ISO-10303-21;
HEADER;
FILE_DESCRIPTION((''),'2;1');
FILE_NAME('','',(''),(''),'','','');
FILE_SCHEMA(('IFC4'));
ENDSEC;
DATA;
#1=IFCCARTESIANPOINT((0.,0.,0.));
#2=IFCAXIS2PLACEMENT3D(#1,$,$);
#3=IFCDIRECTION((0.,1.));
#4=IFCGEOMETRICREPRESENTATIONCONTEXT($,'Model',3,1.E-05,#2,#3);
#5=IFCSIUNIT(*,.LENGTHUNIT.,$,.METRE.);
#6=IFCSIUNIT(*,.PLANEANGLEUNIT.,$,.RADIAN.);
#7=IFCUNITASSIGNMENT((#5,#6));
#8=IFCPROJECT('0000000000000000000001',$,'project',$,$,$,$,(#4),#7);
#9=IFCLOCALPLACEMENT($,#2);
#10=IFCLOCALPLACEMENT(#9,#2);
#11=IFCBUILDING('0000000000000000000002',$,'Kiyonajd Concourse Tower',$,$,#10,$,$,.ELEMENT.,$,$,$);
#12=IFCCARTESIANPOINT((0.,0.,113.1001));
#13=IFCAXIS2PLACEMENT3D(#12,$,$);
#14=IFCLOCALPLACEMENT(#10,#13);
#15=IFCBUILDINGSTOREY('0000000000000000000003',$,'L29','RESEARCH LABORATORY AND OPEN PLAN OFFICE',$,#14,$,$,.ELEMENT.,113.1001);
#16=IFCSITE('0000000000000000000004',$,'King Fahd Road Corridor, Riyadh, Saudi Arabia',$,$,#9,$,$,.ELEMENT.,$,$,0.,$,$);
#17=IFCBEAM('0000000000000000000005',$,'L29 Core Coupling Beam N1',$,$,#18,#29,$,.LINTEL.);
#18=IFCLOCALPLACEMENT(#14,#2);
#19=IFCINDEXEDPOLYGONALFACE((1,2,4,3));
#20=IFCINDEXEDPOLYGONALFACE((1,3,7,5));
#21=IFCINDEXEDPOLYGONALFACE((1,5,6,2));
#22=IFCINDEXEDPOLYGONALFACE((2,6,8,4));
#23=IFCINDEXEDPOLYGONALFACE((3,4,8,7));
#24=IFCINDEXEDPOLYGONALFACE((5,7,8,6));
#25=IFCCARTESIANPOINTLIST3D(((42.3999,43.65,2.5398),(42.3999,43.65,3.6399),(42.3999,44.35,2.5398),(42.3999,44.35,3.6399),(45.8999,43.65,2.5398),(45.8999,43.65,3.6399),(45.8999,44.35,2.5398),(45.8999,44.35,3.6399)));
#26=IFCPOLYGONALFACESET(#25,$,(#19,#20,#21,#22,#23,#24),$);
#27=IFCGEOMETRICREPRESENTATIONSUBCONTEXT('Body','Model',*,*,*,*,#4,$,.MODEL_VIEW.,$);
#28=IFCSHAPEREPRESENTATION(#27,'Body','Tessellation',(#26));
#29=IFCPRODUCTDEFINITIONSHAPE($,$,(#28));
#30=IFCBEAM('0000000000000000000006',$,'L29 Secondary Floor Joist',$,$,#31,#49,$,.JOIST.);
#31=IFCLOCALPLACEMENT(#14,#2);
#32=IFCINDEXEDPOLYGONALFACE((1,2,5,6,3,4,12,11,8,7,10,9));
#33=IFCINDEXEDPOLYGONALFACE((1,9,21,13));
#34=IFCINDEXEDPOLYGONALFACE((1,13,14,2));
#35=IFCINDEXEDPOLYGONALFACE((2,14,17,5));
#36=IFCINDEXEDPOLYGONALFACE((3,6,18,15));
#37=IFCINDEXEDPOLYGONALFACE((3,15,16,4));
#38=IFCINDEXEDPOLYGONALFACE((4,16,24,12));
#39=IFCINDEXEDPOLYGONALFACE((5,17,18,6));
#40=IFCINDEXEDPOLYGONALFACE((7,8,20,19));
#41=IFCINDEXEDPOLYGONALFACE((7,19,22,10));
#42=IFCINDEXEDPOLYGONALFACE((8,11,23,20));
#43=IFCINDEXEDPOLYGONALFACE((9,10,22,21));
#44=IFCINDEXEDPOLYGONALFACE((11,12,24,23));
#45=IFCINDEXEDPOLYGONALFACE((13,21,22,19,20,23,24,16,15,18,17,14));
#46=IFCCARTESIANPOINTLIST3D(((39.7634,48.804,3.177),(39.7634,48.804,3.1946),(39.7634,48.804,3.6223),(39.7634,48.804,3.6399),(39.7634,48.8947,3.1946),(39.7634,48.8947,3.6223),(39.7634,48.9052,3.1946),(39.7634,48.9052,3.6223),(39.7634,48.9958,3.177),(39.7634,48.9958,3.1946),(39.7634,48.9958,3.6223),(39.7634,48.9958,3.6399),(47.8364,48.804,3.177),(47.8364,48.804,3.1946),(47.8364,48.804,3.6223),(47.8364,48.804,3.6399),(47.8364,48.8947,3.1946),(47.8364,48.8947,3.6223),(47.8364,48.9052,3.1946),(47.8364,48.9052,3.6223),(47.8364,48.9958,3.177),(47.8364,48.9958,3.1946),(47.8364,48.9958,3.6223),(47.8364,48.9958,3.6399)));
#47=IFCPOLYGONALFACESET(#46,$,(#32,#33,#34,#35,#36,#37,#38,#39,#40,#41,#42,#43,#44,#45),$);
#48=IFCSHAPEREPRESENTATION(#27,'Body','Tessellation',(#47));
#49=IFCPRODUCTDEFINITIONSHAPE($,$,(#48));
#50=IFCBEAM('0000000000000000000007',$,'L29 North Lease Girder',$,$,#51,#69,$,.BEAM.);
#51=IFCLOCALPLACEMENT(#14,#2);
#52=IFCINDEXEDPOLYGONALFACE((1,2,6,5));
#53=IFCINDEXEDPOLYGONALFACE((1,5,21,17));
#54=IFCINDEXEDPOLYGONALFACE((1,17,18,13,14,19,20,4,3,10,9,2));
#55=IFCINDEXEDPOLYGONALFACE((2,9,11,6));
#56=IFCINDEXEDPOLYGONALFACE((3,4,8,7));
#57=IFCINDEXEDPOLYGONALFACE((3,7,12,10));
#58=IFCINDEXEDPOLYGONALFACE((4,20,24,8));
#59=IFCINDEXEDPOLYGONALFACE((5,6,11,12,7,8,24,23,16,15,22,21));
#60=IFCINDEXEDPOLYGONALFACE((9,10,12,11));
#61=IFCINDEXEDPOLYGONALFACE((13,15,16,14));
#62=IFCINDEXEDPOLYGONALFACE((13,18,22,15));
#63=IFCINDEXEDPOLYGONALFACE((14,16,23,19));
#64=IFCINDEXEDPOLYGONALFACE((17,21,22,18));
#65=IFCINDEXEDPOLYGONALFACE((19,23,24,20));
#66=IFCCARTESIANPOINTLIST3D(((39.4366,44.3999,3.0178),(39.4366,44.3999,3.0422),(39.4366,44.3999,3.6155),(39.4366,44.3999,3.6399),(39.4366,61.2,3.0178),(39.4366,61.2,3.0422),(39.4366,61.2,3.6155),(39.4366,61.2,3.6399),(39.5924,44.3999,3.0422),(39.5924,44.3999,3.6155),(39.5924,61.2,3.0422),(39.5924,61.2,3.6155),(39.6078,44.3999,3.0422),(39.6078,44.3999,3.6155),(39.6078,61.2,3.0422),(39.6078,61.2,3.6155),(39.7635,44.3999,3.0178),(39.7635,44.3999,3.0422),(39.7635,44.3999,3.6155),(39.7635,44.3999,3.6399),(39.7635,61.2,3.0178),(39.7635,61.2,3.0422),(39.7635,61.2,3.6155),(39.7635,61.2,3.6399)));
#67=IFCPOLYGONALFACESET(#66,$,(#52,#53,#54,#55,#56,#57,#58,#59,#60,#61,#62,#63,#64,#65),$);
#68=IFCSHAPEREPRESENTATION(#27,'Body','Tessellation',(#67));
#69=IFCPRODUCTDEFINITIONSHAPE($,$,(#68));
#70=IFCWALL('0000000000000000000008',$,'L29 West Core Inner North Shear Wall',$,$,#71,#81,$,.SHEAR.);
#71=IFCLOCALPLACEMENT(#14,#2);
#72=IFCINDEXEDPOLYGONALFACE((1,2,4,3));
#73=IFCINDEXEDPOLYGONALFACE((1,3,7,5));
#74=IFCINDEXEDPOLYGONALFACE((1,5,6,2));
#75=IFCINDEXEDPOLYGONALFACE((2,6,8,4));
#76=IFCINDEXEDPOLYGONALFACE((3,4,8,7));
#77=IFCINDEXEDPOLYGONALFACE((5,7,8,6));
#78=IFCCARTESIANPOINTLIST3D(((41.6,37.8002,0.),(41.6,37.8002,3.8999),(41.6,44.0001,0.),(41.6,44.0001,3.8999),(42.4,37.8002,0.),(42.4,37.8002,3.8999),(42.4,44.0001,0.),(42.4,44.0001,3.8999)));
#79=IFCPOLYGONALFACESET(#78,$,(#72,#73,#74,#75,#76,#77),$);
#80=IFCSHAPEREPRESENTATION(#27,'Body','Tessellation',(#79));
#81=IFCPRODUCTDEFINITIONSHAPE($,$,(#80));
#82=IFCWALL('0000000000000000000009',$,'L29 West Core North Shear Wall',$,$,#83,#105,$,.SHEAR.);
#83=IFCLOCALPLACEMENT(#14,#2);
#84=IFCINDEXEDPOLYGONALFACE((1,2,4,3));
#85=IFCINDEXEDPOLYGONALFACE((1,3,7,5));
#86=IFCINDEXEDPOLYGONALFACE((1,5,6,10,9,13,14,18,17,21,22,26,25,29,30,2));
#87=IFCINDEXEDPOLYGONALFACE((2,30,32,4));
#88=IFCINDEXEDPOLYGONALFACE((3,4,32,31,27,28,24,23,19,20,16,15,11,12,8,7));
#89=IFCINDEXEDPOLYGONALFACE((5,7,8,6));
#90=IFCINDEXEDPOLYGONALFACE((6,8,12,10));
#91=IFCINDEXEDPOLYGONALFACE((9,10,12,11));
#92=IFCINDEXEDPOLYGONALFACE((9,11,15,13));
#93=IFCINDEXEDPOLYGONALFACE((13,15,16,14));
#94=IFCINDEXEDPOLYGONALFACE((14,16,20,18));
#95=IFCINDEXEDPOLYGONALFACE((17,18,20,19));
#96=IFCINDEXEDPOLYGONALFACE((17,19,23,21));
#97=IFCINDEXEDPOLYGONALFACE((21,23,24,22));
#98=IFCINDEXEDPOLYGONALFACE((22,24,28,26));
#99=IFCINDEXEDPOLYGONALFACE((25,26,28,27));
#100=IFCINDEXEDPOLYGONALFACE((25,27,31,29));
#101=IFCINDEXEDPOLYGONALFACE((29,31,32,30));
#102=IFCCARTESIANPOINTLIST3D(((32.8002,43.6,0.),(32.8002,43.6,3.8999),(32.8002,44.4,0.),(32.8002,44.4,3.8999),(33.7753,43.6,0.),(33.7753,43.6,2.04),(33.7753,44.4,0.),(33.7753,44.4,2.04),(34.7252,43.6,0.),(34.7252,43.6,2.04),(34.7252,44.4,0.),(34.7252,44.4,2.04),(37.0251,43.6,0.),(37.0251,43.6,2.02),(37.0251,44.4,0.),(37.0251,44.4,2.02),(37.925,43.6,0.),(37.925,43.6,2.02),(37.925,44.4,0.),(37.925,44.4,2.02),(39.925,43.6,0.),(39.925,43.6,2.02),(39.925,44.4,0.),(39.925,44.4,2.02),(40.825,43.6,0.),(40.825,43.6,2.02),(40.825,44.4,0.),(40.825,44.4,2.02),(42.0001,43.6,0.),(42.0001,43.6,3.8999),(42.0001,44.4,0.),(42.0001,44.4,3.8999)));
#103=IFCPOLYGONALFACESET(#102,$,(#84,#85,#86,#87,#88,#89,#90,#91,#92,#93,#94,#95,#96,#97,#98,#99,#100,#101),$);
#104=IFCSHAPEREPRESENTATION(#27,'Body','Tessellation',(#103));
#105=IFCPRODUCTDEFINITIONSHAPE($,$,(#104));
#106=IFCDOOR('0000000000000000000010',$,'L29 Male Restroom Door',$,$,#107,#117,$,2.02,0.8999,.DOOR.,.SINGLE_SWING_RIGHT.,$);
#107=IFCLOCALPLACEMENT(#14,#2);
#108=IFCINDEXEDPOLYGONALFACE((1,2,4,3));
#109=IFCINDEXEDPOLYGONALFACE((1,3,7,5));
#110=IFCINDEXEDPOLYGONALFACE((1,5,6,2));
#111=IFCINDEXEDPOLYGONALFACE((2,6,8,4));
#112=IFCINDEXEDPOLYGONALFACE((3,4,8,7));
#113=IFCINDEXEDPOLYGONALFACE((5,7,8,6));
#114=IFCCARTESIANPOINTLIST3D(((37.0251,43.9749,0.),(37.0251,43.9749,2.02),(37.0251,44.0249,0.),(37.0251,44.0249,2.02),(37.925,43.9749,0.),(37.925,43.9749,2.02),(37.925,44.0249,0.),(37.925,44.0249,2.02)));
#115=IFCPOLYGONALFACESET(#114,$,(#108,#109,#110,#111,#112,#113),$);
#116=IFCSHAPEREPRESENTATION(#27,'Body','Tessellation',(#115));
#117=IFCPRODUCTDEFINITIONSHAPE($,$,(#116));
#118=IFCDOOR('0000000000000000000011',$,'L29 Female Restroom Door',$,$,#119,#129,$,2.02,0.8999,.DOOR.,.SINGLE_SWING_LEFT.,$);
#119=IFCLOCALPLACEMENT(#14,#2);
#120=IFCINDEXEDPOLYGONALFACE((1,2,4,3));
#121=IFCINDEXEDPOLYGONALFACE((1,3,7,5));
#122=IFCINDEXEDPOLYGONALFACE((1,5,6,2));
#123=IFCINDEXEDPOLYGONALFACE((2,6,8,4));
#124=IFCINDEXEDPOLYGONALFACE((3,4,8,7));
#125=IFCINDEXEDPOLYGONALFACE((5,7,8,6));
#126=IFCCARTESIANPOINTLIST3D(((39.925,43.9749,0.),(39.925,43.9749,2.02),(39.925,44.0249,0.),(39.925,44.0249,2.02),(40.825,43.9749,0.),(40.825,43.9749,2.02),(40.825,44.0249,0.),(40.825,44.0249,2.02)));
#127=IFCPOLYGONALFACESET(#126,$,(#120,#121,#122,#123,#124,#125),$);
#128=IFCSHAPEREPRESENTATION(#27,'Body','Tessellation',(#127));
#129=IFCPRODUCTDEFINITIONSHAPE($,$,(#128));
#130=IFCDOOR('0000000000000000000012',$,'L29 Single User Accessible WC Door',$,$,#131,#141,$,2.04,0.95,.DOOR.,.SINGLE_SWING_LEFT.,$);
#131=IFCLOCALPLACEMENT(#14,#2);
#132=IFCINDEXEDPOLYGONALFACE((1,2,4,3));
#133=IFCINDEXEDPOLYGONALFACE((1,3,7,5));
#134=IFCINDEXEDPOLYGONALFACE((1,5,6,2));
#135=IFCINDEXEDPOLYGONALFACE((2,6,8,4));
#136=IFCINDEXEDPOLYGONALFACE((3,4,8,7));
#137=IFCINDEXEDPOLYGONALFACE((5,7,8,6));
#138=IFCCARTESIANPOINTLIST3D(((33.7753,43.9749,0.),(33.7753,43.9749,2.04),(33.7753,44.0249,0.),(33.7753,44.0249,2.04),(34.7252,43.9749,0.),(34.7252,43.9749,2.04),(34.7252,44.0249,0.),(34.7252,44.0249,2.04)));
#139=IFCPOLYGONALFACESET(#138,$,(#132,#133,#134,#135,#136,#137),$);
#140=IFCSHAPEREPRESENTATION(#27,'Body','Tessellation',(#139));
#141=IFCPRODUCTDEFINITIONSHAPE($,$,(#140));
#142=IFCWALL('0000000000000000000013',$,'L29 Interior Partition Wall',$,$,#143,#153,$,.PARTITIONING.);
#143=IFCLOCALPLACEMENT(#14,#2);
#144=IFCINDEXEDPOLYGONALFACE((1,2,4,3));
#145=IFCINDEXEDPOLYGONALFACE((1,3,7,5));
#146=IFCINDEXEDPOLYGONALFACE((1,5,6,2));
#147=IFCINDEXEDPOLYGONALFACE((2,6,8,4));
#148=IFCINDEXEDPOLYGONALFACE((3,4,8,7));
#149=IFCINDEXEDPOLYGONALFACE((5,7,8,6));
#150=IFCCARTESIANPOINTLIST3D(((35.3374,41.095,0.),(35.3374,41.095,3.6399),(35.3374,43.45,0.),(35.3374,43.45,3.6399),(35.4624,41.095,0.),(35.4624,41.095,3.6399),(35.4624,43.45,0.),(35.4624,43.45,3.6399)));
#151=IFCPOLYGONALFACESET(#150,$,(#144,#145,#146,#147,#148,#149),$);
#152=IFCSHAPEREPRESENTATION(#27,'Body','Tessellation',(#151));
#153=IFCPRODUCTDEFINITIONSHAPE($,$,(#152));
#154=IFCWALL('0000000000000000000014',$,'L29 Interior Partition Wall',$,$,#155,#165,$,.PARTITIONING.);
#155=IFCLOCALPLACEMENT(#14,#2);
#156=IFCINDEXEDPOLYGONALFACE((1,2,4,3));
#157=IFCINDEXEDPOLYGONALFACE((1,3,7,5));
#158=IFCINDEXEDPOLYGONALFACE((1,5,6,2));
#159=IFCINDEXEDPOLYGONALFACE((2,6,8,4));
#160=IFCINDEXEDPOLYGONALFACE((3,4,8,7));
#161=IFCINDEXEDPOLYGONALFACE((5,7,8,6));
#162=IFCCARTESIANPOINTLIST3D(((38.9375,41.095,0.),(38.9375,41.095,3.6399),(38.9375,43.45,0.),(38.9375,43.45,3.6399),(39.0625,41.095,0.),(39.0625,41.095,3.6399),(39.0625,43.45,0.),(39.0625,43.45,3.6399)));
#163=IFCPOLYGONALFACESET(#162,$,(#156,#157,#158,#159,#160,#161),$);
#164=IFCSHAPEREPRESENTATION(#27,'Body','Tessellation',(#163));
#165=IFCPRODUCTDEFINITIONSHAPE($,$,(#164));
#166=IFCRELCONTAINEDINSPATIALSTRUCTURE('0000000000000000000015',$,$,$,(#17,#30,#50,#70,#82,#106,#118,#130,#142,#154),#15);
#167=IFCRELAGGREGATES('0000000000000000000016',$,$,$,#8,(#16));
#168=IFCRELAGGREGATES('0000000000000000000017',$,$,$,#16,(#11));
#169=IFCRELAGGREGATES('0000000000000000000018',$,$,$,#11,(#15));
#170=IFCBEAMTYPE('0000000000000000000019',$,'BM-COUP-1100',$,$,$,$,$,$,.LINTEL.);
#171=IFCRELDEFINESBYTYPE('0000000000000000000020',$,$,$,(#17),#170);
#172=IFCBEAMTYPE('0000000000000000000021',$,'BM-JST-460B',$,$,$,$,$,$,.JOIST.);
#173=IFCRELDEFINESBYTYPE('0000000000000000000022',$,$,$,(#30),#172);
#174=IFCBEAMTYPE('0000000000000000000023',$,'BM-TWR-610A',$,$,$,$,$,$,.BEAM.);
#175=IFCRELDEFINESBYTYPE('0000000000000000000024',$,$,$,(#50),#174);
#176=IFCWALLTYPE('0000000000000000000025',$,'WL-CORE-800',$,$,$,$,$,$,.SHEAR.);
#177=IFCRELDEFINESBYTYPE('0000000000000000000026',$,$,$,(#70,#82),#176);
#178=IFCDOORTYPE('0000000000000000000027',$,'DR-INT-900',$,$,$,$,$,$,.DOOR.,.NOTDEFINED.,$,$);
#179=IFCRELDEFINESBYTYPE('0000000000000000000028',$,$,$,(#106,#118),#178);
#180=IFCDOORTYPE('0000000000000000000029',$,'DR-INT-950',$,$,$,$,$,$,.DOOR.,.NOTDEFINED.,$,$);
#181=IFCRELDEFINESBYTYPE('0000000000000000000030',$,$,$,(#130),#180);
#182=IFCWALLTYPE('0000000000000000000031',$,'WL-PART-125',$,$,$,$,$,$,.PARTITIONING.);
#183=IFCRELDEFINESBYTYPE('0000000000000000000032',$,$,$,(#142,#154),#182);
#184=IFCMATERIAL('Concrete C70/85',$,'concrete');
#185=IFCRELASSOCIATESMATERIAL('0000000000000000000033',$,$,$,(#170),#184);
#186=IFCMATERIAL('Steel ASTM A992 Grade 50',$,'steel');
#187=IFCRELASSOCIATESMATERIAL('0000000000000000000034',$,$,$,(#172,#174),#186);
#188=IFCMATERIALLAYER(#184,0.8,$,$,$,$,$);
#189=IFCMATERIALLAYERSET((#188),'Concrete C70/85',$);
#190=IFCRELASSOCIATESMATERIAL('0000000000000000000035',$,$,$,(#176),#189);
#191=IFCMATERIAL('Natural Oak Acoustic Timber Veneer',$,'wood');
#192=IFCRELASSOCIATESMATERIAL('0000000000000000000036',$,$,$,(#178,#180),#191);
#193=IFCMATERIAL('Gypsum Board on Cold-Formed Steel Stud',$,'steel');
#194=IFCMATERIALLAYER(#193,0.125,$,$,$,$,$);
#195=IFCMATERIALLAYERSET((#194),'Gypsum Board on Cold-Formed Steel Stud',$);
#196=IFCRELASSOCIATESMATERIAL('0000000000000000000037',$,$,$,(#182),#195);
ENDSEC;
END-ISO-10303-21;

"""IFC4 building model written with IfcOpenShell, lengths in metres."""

from ifc_helpers import new_model, si_unit, direction, frame, frame_2d, origin, origin_2d, place, context, subcontext, project, spatial, rectangle, i_section, extrude, material, layer, layer_set, material_profile, profile_set, type_object, element, fill, save


model = new_model("IFC4")

# Units and contexts
model_context = context("Model", 3, precision=1e-05, world=origin(), true_north=direction((0.0, 1.0)))
body_context = subcontext(model_context, "Body", "Model", "MODEL_VIEW")
ifc_project = project(units=[si_unit("LENGTHUNIT", "METRE"), si_unit("PLANEANGLEUNIT", "RADIAN")], contexts=[model_context])

# Site, building, storey
site_placement = place(None, origin())
site = spatial("IfcSite", under=ifc_project, at=site_placement, Name="King Fahd Road Corridor, Riyadh, Saudi Arabia", CompositionType="ELEMENT", RefElevation=0.0)
building_placement = place(site_placement, origin())
building = spatial("IfcBuilding", under=site, at=building_placement, Name="Kiyonajd Concourse Tower", CompositionType="ELEMENT")
storey_placement = place(building_placement, frame((0.0, 0.0, 113.1001)))
storey = spatial("IfcBuildingStorey", under=building, at=storey_placement, Name="L29", Description="RESEARCH LABORATORY AND OPEN PLAN OFFICE", CompositionType="ELEMENT", Elevation=113.1001)

# Beams
ifc_material_1 = material(Name="Concrete C70/85", Category="concrete")
ifc_material_profile_1 = material_profile(ifc_material_1, rectangle(XDim=0.7, YDim=1.1001, at=origin_2d()), Name="RCBM-700x1100")
ifc_profile_set_1 = profile_set([ifc_material_profile_1], Name="Concrete C70/85")
beam_type_1 = type_object("IfcBeamType", Name="BM-COUP-1100", PredefinedType="LINTEL", material=ifc_profile_set_1)
beam_1_placement = place(storey_placement, frame((42.3999, 44.0, 3.0898), z_axis=(1.0, 0.0, 0.0), x_axis=(0.0, 1.0, 0.0)))
element("IfcBeam", 1, at=beam_1_placement, inside=storey, type_object=beam_type_1, Name="L29 Core Coupling Beam N1", PredefinedType="LINTEL", context=body_context, shape_type="SweptSolid", body=[
    extrude(rectangle(XDim=0.7, YDim=1.1001, at=origin_2d()), origin(), (0.0, 0.0, 1.0), 3.5),
])
ifc_material_2 = material(Name="Steel ASTM A992 Grade 50", Category="steel")
ifc_material_profile_2 = material_profile(ifc_material_2, i_section(OverallWidth=0.1919, OverallDepth=0.4629, WebThickness=0.0105, FlangeThickness=0.0176, at=origin_2d()), Name="W460X89")
ifc_profile_set_2 = profile_set([ifc_material_profile_2], Name="Steel ASTM A992 Grade 50")
beam_type_2 = type_object("IfcBeamType", Name="BM-JST-460B", PredefinedType="JOIST", material=ifc_profile_set_2)
beam_2_placement = place(storey_placement, frame((39.7634, 48.8999, 3.4084), z_axis=(1.0, 0.0, 0.0), x_axis=(0.0, 1.0, 0.0)))
element("IfcBeam", 2, at=beam_2_placement, inside=storey, type_object=beam_type_2, Name="L29 Secondary Floor Joist", PredefinedType="JOIST", context=body_context, shape_type="SweptSolid", body=[
    extrude(i_section(OverallWidth=0.1919, OverallDepth=0.4629, WebThickness=0.0105, FlangeThickness=0.0176, at=origin_2d()), origin(), (0.0, 0.0, 1.0), 8.073),
])
ifc_material_profile_3 = material_profile(ifc_material_2, i_section(OverallWidth=0.3269, OverallDepth=0.6221, WebThickness=0.0154, FlangeThickness=0.0244, at=origin_2d()), Name="W610X195")
ifc_profile_set_3 = profile_set([ifc_material_profile_3], Name="Steel ASTM A992 Grade 50")
beam_type_3 = type_object("IfcBeamType", Name="BM-TWR-610A", PredefinedType="BEAM", material=ifc_profile_set_3)
beam_3_placement = place(storey_placement, frame((39.6001, 44.3999, 3.3289), z_axis=(0.0, 1.0, 0.0), x_axis=(-1.0, 0.0, 0.0)))
element("IfcBeam", 3, at=beam_3_placement, inside=storey, type_object=beam_type_3, Name="L29 North Lease Girder", PredefinedType="BEAM", context=body_context, shape_type="SweptSolid", body=[
    extrude(i_section(OverallWidth=0.3269, OverallDepth=0.6221, WebThickness=0.0154, FlangeThickness=0.0244, at=origin_2d()), origin(), (0.0, 0.0, 1.0), 16.8),
])

# Wall
ifc_layer_1 = layer(ifc_material_1, 0.8)
ifc_layer_set_1 = layer_set([ifc_layer_1], Name="Concrete C70/85")
wall_type_1 = type_object("IfcWallType", Name="WL-CORE-800", PredefinedType="SHEAR", material=ifc_layer_set_1)
wall_1_placement = place(storey_placement, frame((42.0, 37.8, 0.0), z_axis=(0.0, 0.0, 1.0), x_axis=(0.0, 1.0, 0.0)))
element("IfcWall", 4, at=wall_1_placement, inside=storey, type_object=wall_type_1, Name="L29 West Core Inner North Shear Wall", PredefinedType="SHEAR", context=body_context, shape_type="SweptSolid", body=[
    extrude(rectangle(XDim=6.2, YDim=0.8, at=frame_2d((3.1001, 0.0))), origin(), (0.0, 0.0, 1.0), 3.8999),
])

# Wall, openings, doors
wall_2_placement = place(storey_placement, frame((32.8, 44.0, 0.0), z_axis=(0.0, 0.0, 1.0), x_axis=(1.0, 0.0, 0.0)))
wall_2 = element("IfcWall", 5, at=wall_2_placement, inside=storey, type_object=wall_type_1, Name="L29 West Core North Shear Wall", PredefinedType="SHEAR", context=body_context, shape_type="SweptSolid", body=[
    extrude(rectangle(XDim=9.2, YDim=0.8, at=frame_2d((4.6001, 0.0))), origin(), (0.0, 0.0, 1.0), 3.8999),
])
opening_1_placement = place(wall_2_placement, frame((0.9751, 0.0, 0.0)))
opening_1 = element("IfcOpeningElement", 6, at=opening_1_placement, cuts=wall_2, PredefinedType="OPENING", context=body_context, shape_type="SweptSolid", body=[
    extrude(rectangle(XDim=0.95, YDim=2.04, at=frame_2d((0.4751, 1.02))), frame((0.0, 0.4099, 0.0), z_axis=(0.0, -1.0, 0.0), x_axis=(1.0, 0.0, 0.0)), (0.0, 0.0, 1.0), 0.8201),
])
opening_2_placement = place(wall_2_placement, frame((4.2251, 0.0, 0.0)))
opening_2 = element("IfcOpeningElement", 7, at=opening_2_placement, cuts=wall_2, PredefinedType="OPENING", context=body_context, shape_type="SweptSolid", body=[
    extrude(rectangle(XDim=0.8999, YDim=2.02, at=frame_2d((0.45, 1.01))), frame((0.0, 0.4099, 0.0), z_axis=(0.0, -1.0, 0.0), x_axis=(1.0, 0.0, 0.0)), (0.0, 0.0, 1.0), 0.8201),
])
opening_3_placement = place(wall_2_placement, frame((7.125, 0.0, 0.0)))
opening_3 = element("IfcOpeningElement", 8, at=opening_3_placement, cuts=wall_2, PredefinedType="OPENING", context=body_context, shape_type="SweptSolid", body=[
    extrude(rectangle(XDim=0.8999, YDim=2.02, at=frame_2d((0.45, 1.01))), frame((0.0, 0.4099, 0.0), z_axis=(0.0, -1.0, 0.0), x_axis=(1.0, 0.0, 0.0)), (0.0, 0.0, 1.0), 0.8201),
])
ifc_material_3 = material(Name="Natural Oak Acoustic Timber Veneer", Category="wood")
door_type_1 = type_object("IfcDoorType", Name="DR-INT-900", OperationType="NOTDEFINED", PredefinedType="DOOR", material=ifc_material_3)
door_1_placement = place(opening_2_placement, origin())
door_1 = element("IfcDoor", 9, at=door_1_placement, inside=storey, type_object=door_type_1, Name="L29 Male Restroom Door", OperationType="SINGLE_SWING_RIGHT", OverallHeight=2.02, OverallWidth=0.8999, PredefinedType="DOOR", context=body_context, shape_type="SweptSolid", body=[
    extrude(rectangle(XDim=0.8999, YDim=2.02, at=frame_2d((0.45, 1.01))), frame((0.0, 0.0249, 0.0), z_axis=(0.0, -1.0, 0.0), x_axis=(1.0, 0.0, 0.0)), (0.0, 0.0, 1.0), 0.05),
])
fill(opening_2, door_1)
door_2_placement = place(opening_3_placement, origin())
door_2 = element("IfcDoor", 10, at=door_2_placement, inside=storey, type_object=door_type_1, Name="L29 Female Restroom Door", OperationType="SINGLE_SWING_LEFT", OverallHeight=2.02, OverallWidth=0.8999, PredefinedType="DOOR", context=body_context, shape_type="SweptSolid", body=[
    extrude(rectangle(XDim=0.8999, YDim=2.02, at=frame_2d((0.45, 1.01))), frame((0.0, 0.0249, 0.0), z_axis=(0.0, -1.0, 0.0), x_axis=(1.0, 0.0, 0.0)), (0.0, 0.0, 1.0), 0.05),
])
fill(opening_3, door_2)
door_type_2 = type_object("IfcDoorType", Name="DR-INT-950", OperationType="NOTDEFINED", PredefinedType="DOOR", material=ifc_material_3)
door_3_placement = place(opening_1_placement, origin())
door_3 = element("IfcDoor", 11, at=door_3_placement, inside=storey, type_object=door_type_2, Name="L29 Single User Accessible WC Door", OperationType="SINGLE_SWING_LEFT", OverallHeight=2.04, OverallWidth=0.95, PredefinedType="DOOR", context=body_context, shape_type="SweptSolid", body=[
    extrude(rectangle(XDim=0.95, YDim=2.04, at=frame_2d((0.4751, 1.02))), frame((0.0, 0.0249, 0.0), z_axis=(0.0, -1.0, 0.0), x_axis=(1.0, 0.0, 0.0)), (0.0, 0.0, 1.0), 0.05),
])
fill(opening_1, door_3)

# Walls
ifc_material_4 = material(Name="Gypsum Board on Cold-Formed Steel Stud", Category="steel")
ifc_layer_2 = layer(ifc_material_4, 0.125)
ifc_layer_set_2 = layer_set([ifc_layer_2], Name="Gypsum Board on Cold-Formed Steel Stud")
wall_type_2 = type_object("IfcWallType", Name="WL-PART-125", PredefinedType="PARTITIONING", material=ifc_layer_set_2)
for number, where, z_axis, x_axis, name in (
    (12, (35.3999, 41.095, 0.0), (0.0, 0.0, 1.0), (0.0, 1.0, 0.0), "L29 Interior Partition Wall"),
    (13, (39.0, 41.095, 0.0), (0.0, 0.0, 1.0), (0.0, 1.0, 0.0), "L29 Interior Partition Wall"),
):
    element("IfcWall", number, at=place(storey_placement, frame(where, z_axis=z_axis, x_axis=x_axis)), inside=storey, type_object=wall_type_2, Name=name, PredefinedType="PARTITIONING", context=body_context, shape_type="SweptSolid", body=[
        extrude(rectangle(XDim=2.355, YDim=0.125, at=frame_2d((1.1775, 0.0))), origin(), (0.0, 0.0, 1.0), 3.6399),
    ])

save(model, "model.ifc")
